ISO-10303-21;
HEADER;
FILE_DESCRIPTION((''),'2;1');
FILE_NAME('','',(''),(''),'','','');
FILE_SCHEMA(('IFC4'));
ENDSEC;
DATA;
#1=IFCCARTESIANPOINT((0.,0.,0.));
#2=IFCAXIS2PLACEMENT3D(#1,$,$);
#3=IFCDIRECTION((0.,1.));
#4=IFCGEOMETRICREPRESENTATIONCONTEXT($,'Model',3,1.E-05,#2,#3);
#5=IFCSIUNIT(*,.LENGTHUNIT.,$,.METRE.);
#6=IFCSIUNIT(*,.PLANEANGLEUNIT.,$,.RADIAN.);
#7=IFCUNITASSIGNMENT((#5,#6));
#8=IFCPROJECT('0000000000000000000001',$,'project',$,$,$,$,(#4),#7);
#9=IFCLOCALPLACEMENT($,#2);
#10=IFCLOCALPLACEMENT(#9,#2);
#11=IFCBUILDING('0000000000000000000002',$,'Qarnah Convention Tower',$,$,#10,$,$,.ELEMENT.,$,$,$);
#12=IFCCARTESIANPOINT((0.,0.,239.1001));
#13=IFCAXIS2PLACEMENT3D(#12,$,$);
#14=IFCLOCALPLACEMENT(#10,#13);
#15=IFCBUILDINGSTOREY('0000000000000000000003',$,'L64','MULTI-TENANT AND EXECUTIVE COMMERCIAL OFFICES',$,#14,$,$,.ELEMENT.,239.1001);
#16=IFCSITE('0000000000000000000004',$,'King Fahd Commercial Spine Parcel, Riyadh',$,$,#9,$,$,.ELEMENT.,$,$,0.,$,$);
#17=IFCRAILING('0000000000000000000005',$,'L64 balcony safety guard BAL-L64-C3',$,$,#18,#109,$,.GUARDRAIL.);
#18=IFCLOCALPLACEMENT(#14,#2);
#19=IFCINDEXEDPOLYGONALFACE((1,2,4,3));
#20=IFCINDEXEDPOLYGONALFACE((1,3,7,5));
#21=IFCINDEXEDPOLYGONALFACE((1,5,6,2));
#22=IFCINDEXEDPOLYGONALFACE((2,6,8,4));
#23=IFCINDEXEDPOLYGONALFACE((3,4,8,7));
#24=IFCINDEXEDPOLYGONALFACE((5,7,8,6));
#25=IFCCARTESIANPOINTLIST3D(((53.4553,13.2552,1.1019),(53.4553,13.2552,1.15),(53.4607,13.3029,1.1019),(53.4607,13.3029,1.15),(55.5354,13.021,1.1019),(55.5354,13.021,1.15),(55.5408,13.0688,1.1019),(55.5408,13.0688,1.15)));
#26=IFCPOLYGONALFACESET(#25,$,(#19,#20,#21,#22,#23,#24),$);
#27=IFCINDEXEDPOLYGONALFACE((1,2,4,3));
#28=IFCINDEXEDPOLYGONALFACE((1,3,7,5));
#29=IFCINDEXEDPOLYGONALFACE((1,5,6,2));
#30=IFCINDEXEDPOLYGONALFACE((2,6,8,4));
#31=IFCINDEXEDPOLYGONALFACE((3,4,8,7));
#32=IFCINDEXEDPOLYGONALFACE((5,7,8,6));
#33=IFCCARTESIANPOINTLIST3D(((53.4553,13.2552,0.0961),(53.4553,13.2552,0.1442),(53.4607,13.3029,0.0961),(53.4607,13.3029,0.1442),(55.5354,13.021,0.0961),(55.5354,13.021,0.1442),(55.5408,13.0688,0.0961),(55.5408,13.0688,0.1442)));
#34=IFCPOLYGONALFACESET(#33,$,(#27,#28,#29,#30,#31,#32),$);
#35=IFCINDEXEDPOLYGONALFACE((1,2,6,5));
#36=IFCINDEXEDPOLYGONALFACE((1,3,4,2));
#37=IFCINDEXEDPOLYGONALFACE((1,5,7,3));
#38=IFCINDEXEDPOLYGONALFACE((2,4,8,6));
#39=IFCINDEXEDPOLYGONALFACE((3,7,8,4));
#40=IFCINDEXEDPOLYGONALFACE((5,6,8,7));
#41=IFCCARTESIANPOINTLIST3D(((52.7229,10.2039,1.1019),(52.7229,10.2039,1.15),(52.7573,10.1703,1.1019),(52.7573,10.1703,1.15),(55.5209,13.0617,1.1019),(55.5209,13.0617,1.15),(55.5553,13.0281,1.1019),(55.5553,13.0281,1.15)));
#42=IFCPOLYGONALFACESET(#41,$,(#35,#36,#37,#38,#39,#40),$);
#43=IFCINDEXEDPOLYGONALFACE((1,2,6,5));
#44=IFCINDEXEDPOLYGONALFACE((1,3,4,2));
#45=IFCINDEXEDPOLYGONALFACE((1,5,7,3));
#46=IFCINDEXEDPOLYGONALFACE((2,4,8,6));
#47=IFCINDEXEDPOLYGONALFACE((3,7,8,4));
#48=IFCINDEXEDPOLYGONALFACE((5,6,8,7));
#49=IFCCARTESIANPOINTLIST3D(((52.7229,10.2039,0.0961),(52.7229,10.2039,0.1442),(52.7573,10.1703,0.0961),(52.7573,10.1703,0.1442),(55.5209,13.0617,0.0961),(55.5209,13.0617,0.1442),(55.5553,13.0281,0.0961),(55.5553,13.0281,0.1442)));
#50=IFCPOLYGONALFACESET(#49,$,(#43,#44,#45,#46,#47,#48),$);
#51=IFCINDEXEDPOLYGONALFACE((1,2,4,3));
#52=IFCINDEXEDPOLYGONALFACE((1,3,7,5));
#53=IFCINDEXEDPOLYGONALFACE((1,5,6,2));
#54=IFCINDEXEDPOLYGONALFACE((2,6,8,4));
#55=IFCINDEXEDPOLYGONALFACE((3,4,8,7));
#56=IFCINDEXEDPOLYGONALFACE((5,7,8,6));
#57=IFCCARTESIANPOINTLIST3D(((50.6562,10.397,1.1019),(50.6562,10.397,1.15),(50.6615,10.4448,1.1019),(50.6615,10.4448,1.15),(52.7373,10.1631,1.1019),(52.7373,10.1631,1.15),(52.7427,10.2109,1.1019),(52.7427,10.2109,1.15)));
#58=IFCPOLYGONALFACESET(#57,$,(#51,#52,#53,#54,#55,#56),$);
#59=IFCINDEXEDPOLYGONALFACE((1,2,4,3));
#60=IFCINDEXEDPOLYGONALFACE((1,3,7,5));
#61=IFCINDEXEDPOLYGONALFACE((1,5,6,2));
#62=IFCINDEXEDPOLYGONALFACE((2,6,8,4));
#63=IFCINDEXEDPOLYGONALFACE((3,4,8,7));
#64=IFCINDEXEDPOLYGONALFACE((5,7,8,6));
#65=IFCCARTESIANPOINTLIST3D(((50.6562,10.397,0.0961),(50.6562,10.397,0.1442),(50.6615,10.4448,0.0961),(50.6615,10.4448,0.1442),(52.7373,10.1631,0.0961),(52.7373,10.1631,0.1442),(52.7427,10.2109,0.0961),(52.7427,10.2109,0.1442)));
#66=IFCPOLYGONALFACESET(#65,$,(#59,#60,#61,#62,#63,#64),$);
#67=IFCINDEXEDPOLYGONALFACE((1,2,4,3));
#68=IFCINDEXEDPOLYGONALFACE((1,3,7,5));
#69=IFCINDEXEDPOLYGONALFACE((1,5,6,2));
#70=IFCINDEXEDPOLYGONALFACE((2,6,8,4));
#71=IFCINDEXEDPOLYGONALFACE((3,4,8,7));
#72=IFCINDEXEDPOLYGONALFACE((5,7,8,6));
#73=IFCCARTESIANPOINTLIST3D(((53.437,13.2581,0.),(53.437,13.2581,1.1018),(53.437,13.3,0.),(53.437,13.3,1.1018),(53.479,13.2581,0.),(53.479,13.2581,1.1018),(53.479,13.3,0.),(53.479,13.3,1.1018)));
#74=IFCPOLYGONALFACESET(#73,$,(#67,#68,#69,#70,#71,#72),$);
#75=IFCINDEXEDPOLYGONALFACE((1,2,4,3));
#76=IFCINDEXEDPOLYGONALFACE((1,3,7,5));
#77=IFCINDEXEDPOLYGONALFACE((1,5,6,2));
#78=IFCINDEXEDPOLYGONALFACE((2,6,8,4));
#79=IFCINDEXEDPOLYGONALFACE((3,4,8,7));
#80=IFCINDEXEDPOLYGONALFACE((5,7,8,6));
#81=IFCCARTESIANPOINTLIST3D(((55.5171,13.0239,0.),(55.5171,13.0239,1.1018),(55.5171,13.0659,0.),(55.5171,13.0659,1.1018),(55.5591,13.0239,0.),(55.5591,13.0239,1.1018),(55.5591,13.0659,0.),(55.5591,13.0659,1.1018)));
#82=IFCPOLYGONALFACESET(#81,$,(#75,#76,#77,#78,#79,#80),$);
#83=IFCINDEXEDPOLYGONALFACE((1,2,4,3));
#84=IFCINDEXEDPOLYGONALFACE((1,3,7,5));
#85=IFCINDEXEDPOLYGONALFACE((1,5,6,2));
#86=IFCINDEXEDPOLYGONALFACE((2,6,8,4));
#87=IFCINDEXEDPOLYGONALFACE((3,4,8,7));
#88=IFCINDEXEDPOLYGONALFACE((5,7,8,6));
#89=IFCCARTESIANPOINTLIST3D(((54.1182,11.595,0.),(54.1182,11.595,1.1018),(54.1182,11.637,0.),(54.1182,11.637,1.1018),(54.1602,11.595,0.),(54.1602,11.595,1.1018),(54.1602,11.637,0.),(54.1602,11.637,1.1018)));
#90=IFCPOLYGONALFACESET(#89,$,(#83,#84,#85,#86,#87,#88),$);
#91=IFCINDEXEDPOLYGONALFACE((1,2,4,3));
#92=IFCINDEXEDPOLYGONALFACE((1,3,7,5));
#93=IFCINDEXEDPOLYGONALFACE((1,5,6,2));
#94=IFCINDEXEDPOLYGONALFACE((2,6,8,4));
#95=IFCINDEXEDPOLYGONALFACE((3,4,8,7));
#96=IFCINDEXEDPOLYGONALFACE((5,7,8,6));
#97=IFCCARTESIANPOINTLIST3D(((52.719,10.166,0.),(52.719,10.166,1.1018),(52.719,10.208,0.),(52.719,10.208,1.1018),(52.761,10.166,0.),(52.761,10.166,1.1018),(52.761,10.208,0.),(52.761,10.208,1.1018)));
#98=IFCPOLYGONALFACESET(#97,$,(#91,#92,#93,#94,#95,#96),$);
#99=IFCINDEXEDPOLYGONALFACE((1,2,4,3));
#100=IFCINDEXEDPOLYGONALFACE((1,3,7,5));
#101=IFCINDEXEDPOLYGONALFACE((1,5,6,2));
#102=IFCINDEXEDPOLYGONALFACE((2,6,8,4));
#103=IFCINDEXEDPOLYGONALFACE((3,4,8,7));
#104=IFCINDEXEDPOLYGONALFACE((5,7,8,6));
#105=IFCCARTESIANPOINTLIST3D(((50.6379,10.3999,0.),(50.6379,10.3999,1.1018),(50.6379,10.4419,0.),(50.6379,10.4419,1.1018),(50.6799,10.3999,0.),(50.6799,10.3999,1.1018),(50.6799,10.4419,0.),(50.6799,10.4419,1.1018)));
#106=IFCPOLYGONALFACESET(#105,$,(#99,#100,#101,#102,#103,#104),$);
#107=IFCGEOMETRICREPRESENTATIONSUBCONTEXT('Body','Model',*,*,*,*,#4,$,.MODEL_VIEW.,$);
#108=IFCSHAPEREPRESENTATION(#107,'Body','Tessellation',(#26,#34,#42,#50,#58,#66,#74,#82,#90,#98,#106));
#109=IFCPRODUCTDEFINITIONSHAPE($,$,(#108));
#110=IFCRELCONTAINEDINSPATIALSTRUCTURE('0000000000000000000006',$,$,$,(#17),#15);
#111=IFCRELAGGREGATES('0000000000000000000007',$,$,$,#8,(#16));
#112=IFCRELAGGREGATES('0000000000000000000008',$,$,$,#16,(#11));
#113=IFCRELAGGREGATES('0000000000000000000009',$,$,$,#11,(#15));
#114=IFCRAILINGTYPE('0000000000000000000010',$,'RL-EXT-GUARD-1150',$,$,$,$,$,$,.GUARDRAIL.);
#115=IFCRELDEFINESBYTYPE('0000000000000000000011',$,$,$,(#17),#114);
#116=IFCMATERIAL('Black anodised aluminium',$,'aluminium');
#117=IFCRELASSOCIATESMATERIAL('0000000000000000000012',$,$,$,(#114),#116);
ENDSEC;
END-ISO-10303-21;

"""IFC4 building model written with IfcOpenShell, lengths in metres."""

from ifc_helpers import new_model, si_unit, direction, frame, origin, origin_2d, place, context, subcontext, project, spatial, rectangle, extrude, material, type_object, element, save


model = new_model("IFC4")

# Units and contexts
model_context = context("Model", 3, precision=1e-05, world=origin(), true_north=direction((0.0, 1.0)))
body_context = subcontext(model_context, "Body", "Model", "MODEL_VIEW")
ifc_project = project(units=[si_unit("LENGTHUNIT", "METRE"), si_unit("PLANEANGLEUNIT", "RADIAN")], contexts=[model_context])

# Site, building, storey
site_placement = place(None, origin())
site = spatial("IfcSite", under=ifc_project, at=site_placement, Name="King Fahd Commercial Spine Parcel, Riyadh", CompositionType="ELEMENT", RefElevation=0.0)
building_placement = place(site_placement, origin())
building = spatial("IfcBuilding", under=site, at=building_placement, Name="Qarnah Convention Tower", CompositionType="ELEMENT")
storey_placement = place(building_placement, frame((0.0, 0.0, 239.1001)))
storey = spatial("IfcBuildingStorey", under=building, at=storey_placement, Name="L64", Description="MULTI-TENANT AND EXECUTIVE COMMERCIAL OFFICES", CompositionType="ELEMENT", Elevation=239.1001)

# Shared definitions
ifc_material_1 = material(Name="Black anodised aluminium", Category="aluminium")

# Railing
railing_type = type_object("IfcRailingType", Name="RL-EXT-GUARD-1150", PredefinedType="GUARDRAIL", material=ifc_material_1)
railing_1_placement = place(storey_placement, frame((53.458, 13.2791, 0.0)))
element("IfcRailing", 1, at=railing_1_placement, inside=storey, type_object=railing_type, Name="L64 balcony safety guard BAL-L64-C3", PredefinedType="GUARDRAIL", context=body_context, shape_type="SweptSolid", body=[
    extrude(rectangle(XDim=0.0481, YDim=0.0481, at=origin_2d()), frame((0.0, 0.0, 1.126), z_axis=(0.993725, -0.111852, 0.0), x_axis=(0.111852, 0.993725, 0.0)), (0.0, 0.0, 1.0), 2.0933),
    extrude(rectangle(XDim=0.0481, YDim=0.0481, at=origin_2d()), frame((0.0, 0.0, 0.1201), z_axis=(0.993725, -0.111852, 0.0), x_axis=(0.111852, 0.993725, 0.0)), (0.0, 0.0, 1.0), 2.0933),
    extrude(rectangle(XDim=0.0481, YDim=0.0481, at=origin_2d()), frame((2.0801, -0.2341, 1.126), z_axis=(-0.69959, -0.714545, 0.0), x_axis=(0.714545, -0.69959, 0.0)), (0.0, 0.0, 1.0), 3.9995),
    extrude(rectangle(XDim=0.0481, YDim=0.0481, at=origin_2d()), frame((2.0801, -0.2341, 0.1201), z_axis=(-0.69959, -0.714545, 0.0), x_axis=(0.714545, -0.69959, 0.0)), (0.0, 0.0, 1.0), 3.9995),
    extrude(rectangle(XDim=0.0481, YDim=0.0481, at=origin_2d()), frame((-0.718, -3.092, 1.126), z_axis=(-0.993744, 0.111685, 0.0), x_axis=(-0.111685, -0.993744, 0.0)), (0.0, 0.0, 1.0), 2.0942),
    extrude(rectangle(XDim=0.0481, YDim=0.0481, at=origin_2d()), frame((-0.718, -3.092, 0.1201), z_axis=(-0.993744, 0.111685, 0.0), x_axis=(-0.111685, -0.993744, 0.0)), (0.0, 0.0, 1.0), 2.0942),
    extrude(rectangle(XDim=0.042, YDim=0.042, at=origin_2d()), origin(), (0.0, 0.0, 1.0), 1.1018),
    extrude(rectangle(XDim=0.042, YDim=0.042, at=origin_2d()), frame((2.0801, -0.2341, 0.0)), (0.0, 0.0, 1.0), 1.1018),
    extrude(rectangle(XDim=0.042, YDim=0.042, at=origin_2d()), frame((0.6812, -1.6631, 0.0)), (0.0, 0.0, 1.0), 1.1018),
    extrude(rectangle(XDim=0.042, YDim=0.042, at=origin_2d()), frame((-0.718, -3.092, 0.0)), (0.0, 0.0, 1.0), 1.1018),
    extrude(rectangle(XDim=0.042, YDim=0.042, at=origin_2d()), frame((-2.7991, -2.8582, 0.0)), (0.0, 0.0, 1.0), 1.1018),
])

save(model, "model.ifc")
